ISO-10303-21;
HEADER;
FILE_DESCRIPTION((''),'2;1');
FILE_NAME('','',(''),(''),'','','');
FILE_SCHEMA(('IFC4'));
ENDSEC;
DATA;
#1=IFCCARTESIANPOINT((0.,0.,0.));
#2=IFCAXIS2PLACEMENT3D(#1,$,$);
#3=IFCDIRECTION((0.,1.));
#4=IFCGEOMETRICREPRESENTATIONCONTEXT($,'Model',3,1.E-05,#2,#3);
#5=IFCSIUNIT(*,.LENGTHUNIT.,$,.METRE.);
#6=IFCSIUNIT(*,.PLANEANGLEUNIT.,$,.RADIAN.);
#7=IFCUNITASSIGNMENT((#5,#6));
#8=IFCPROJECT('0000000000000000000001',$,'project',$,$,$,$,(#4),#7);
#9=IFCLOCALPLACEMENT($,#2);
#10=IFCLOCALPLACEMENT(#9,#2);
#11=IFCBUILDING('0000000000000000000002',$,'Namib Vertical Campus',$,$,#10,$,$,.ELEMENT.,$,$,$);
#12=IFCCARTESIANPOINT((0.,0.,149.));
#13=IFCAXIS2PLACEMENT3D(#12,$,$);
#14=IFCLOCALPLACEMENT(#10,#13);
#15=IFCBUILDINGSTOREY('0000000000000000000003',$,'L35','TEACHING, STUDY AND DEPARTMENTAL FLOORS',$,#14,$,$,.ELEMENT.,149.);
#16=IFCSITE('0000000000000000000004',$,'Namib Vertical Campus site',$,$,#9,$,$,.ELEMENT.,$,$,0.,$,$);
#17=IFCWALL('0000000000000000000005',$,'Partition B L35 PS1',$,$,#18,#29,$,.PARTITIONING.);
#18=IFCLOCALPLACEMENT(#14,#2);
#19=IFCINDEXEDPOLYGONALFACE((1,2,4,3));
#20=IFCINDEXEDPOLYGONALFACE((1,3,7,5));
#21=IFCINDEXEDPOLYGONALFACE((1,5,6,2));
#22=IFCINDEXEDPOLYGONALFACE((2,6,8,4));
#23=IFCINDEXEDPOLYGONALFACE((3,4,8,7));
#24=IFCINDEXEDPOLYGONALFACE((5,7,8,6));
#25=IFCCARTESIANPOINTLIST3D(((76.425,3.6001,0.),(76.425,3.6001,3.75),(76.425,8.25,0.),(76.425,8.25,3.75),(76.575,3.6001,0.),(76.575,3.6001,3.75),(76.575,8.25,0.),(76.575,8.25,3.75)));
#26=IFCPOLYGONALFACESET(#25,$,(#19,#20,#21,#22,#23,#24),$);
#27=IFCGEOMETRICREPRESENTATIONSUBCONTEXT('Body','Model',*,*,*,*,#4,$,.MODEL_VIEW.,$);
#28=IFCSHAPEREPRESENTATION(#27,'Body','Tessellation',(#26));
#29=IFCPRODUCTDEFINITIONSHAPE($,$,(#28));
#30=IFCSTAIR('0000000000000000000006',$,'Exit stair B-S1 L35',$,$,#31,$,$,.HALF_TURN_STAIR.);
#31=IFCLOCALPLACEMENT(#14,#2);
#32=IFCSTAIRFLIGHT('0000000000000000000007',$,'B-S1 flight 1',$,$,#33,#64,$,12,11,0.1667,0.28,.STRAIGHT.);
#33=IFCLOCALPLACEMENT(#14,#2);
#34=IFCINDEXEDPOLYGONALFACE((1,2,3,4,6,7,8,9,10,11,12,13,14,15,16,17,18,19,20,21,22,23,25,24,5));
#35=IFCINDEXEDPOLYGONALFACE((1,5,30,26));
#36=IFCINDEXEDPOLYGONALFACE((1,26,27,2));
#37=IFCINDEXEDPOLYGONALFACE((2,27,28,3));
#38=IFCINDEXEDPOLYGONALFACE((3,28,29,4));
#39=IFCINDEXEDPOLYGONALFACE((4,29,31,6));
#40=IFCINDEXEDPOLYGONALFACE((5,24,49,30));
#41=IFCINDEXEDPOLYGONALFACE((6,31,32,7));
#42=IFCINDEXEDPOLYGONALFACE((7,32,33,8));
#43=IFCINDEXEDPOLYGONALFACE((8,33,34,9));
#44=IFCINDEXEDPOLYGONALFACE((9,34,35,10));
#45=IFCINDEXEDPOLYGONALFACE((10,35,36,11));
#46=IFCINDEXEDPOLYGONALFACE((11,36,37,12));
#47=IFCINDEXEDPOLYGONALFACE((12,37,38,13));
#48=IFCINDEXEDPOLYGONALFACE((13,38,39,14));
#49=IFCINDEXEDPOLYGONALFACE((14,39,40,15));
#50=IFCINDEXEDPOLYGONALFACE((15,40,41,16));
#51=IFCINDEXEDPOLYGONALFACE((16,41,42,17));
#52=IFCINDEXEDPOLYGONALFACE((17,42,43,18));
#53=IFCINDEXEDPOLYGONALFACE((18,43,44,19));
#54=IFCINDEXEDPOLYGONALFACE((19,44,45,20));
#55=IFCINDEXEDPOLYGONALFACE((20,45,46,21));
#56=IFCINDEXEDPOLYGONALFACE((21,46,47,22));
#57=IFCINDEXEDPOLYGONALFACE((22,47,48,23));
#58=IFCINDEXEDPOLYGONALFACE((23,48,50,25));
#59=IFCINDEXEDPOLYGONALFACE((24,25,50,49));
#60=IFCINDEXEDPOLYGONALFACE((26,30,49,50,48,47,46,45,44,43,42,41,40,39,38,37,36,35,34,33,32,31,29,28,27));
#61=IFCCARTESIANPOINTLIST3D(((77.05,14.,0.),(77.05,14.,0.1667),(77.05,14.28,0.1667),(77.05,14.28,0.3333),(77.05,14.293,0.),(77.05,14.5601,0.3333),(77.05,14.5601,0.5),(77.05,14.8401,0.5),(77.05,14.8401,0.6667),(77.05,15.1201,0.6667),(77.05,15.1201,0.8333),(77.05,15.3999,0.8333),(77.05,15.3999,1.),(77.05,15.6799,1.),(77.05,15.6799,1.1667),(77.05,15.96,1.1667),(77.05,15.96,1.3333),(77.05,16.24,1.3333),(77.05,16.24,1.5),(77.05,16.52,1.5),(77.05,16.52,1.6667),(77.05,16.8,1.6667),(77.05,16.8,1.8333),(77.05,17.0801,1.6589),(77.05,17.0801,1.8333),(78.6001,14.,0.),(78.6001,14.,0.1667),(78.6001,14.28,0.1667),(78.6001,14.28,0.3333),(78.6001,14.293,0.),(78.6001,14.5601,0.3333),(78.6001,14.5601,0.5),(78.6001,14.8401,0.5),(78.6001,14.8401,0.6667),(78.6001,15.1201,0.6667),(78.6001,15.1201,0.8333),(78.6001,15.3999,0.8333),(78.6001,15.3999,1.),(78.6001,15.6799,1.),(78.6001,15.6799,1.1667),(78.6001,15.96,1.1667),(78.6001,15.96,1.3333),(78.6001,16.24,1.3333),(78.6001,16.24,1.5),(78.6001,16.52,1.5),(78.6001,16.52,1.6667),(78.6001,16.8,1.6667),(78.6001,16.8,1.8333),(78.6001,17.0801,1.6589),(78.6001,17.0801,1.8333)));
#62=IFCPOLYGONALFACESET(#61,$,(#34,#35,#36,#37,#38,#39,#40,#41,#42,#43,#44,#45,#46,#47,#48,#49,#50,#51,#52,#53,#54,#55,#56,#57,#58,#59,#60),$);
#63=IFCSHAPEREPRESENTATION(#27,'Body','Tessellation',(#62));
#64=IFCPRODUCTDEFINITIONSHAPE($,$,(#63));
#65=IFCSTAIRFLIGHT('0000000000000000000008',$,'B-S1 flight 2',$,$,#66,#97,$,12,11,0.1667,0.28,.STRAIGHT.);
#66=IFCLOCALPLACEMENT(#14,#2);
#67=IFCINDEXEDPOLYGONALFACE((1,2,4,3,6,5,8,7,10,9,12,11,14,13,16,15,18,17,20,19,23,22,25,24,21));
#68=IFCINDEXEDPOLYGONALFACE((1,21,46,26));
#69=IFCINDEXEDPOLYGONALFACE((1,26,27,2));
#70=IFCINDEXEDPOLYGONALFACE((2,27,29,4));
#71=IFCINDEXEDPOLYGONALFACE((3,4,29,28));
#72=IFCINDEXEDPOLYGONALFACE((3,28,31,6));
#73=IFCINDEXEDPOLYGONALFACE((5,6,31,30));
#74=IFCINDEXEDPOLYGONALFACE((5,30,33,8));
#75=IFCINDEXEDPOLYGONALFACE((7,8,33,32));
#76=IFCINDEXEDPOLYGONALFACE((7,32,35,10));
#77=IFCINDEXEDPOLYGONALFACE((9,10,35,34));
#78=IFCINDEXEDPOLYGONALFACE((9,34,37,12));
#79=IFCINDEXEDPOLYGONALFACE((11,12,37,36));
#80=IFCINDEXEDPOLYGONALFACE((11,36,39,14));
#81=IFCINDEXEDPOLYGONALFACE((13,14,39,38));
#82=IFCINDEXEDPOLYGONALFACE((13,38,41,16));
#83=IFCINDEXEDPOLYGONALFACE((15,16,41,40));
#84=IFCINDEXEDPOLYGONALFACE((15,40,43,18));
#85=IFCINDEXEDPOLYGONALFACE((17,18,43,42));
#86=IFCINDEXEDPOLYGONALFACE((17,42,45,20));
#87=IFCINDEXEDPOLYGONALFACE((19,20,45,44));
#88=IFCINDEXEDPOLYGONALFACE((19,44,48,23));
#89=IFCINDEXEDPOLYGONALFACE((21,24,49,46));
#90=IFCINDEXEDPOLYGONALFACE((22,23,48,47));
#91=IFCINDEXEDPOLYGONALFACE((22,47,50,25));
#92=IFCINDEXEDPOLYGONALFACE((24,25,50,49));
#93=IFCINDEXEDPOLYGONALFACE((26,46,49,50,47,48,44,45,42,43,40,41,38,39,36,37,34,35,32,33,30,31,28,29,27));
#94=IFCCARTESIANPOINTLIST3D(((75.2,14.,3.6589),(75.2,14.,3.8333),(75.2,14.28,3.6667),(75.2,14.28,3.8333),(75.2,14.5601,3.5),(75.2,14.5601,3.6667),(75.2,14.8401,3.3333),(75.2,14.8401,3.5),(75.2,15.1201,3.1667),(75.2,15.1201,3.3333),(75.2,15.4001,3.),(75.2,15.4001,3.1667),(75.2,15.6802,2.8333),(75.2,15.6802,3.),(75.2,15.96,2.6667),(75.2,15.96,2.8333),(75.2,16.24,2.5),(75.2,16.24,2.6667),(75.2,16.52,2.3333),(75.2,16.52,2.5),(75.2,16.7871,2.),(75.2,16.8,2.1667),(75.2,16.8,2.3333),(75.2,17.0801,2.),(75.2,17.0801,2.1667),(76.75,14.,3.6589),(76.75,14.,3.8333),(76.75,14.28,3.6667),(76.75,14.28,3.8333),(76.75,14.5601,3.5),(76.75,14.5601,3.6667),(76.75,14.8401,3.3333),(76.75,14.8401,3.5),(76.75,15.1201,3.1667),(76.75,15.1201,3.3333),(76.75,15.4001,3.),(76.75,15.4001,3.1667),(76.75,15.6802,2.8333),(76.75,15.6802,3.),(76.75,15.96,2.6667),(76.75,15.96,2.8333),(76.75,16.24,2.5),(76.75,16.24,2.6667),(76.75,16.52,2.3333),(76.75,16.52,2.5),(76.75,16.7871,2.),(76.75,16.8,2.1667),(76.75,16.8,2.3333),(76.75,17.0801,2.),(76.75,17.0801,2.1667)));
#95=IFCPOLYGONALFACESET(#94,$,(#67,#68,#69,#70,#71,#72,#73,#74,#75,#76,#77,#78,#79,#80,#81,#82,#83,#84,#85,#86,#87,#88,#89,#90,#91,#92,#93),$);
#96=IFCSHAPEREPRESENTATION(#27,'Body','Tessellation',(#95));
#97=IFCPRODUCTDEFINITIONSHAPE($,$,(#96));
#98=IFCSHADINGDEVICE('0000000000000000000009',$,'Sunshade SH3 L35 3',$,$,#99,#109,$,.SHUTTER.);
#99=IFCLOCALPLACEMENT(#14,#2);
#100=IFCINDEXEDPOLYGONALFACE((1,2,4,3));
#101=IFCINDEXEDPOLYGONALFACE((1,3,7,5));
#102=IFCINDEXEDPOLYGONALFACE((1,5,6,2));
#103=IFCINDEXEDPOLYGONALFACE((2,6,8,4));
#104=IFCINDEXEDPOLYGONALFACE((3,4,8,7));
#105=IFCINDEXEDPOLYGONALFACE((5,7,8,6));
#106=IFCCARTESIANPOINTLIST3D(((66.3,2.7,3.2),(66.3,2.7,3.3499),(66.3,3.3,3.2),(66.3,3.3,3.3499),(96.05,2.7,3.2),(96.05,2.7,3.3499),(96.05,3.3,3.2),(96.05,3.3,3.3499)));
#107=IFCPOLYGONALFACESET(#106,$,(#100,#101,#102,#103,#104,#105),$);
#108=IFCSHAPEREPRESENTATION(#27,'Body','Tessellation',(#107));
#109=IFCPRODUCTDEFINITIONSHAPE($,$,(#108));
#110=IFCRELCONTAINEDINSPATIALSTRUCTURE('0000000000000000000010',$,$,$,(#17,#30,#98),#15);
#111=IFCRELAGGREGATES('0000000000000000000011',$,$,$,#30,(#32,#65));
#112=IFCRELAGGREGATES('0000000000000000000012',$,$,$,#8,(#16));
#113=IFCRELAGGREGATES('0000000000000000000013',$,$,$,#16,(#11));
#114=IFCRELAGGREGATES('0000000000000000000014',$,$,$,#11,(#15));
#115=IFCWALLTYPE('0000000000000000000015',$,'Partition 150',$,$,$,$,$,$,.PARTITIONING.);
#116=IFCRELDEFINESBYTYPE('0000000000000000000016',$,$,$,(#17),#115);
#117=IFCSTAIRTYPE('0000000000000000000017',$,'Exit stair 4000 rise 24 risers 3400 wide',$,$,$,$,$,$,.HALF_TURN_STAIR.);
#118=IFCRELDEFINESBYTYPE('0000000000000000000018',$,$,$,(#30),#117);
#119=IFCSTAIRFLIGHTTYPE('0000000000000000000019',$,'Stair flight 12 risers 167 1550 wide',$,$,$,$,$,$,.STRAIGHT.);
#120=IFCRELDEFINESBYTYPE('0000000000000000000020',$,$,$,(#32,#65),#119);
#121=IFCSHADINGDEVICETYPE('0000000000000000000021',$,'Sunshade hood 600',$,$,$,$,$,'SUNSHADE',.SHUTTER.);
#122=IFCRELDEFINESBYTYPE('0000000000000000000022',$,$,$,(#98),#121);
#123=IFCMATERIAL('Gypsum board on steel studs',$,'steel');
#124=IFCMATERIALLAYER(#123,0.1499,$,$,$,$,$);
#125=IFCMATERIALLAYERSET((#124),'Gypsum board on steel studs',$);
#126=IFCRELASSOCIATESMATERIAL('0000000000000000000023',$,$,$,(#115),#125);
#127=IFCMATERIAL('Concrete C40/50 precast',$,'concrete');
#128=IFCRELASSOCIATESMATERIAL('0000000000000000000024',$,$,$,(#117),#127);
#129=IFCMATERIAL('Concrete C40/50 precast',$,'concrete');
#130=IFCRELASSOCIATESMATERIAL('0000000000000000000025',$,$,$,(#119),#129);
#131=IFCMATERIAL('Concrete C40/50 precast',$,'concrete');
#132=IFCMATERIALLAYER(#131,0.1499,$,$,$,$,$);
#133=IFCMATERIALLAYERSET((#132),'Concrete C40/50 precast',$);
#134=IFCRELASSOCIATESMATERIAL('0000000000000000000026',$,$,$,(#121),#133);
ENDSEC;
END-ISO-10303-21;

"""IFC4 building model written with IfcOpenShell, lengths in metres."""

from ifc_helpers import new_model, si_unit, direction, frame, frame_2d, origin, origin_2d, place, context, subcontext, project, spatial, polyline, rectangle, outline, extrude, material, layer, layer_set, type_object, element, aggregate, save


model = new_model("IFC4")

# Units and contexts
model_context = context("Model", 3, precision=1e-05, world=origin(), true_north=direction((0.0, 1.0)))
body_context = subcontext(model_context, "Body", "Model", "MODEL_VIEW")
ifc_project = project(units=[si_unit("LENGTHUNIT", "METRE"), si_unit("PLANEANGLEUNIT", "RADIAN")], contexts=[model_context])

# Site, building, storey
site_placement = place(None, origin())
site = spatial("IfcSite", under=ifc_project, at=site_placement, Name="Namib Vertical Campus site", CompositionType="ELEMENT", RefElevation=0.0)
building_placement = place(site_placement, origin())
building = spatial("IfcBuilding", under=site, at=building_placement, Name="Namib Vertical Campus", CompositionType="ELEMENT")
storey_placement = place(building_placement, frame((0.0, 0.0, 149.0)))
storey = spatial("IfcBuildingStorey", under=building, at=storey_placement, Name="L35", Description="TEACHING, STUDY AND DEPARTMENTAL FLOORS", CompositionType="ELEMENT", Elevation=149.0)

# Wall
ifc_material_1 = material(Name="Gypsum board on steel studs", Category="steel")
ifc_layer_1 = layer(ifc_material_1, 0.1499)
ifc_layer_set_1 = layer_set([ifc_layer_1], Name="Gypsum board on steel studs")
wall_type_1 = type_object("IfcWallType", Name="Partition 150", PredefinedType="PARTITIONING", material=ifc_layer_set_1)
wall_1_placement = place(storey_placement, frame((76.5, 3.6001, 0.0), z_axis=(0.0, 0.0, 1.0), x_axis=(0.0, 1.0, 0.0)))
element("IfcWall", 1, at=wall_1_placement, inside=storey, type_object=wall_type_1, Name="Partition B L35 PS1", PredefinedType="PARTITIONING", context=body_context, shape_type="SweptSolid", body=[
    extrude(rectangle(XDim=4.6499, YDim=0.1499, at=frame_2d((2.325, 0.0))), origin(), (0.0, 0.0, 1.0), 3.75),
])

# Stair, stair flights
ifc_material_2 = material(Name="Concrete C40/50 precast", Category="concrete")
stair_type = type_object("IfcStairType", Name="Exit stair 4000 rise 24 risers 3400 wide", PredefinedType="HALF_TURN_STAIR", material=ifc_material_2)
stair_placement = place(storey_placement, origin())
stair = element("IfcStair", 2, at=stair_placement, inside=storey, type_object=stair_type, Name="Exit stair B-S1 L35", PredefinedType="HALF_TURN_STAIR")
ifc_material_3 = material(Name="Concrete C40/50 precast", Category="concrete")
stair_flight_type = type_object("IfcStairFlightType", Name="Stair flight 12 risers 167 1550 wide", PredefinedType="STRAIGHT", material=ifc_material_3)
stair_flight_1_placement = place(storey_placement, frame((77.825, 14.0, 0.0), z_axis=(0.0, 0.0, 1.0), x_axis=(0.0, 1.0, 0.0)))
stair_flight_1 = element("IfcStairFlight", 3, at=stair_flight_1_placement, type_object=stair_flight_type, Name="B-S1 flight 1", NumberOfRisers=12, NumberOfTreads=11, PredefinedType="STRAIGHT", RiserHeight=0.1667, TreadLength=0.28, context=body_context, shape_type="SweptSolid", body=[
    extrude(outline(polyline([(0.0, 0.0), (0.0, 0.1667), (0.28, 0.1667), (0.28, 0.3333), (0.5601, 0.3333), (0.5601, 0.5), (0.8401, 0.5), (0.8401, 0.6667), (1.1201, 0.6667), (1.1201, 0.8333), (1.3999, 0.8333), (1.3999, 1.0), (1.6799, 1.0), (1.6799, 1.1667), (1.96, 1.1667), (1.96, 1.3333), (2.24, 1.3333), (2.24, 1.5), (2.52, 1.5), (2.52, 1.6667), (2.8, 1.6667), (2.8, 1.8333), (3.0801, 1.8333), (3.0801, 2.0), (3.0801, 1.6589), (0.293, 0.0), (0.0, 0.0)])), frame((0.0, 0.7749, 0.0), z_axis=(0.0, -1.0, 0.0), x_axis=(1.0, 0.0, 0.0)), (0.0, 0.0, 1.0), 1.55),
])
stair_flight_2_placement = place(storey_placement, frame((75.9751, 17.0801, 2.0), z_axis=(0.0, 0.0, 1.0), x_axis=(0.0, -1.0, 0.0)))
stair_flight_2 = element("IfcStairFlight", 4, at=stair_flight_2_placement, type_object=stair_flight_type, Name="B-S1 flight 2", NumberOfRisers=12, NumberOfTreads=11, PredefinedType="STRAIGHT", RiserHeight=0.1667, TreadLength=0.28, context=body_context, shape_type="SweptSolid", body=[
    extrude(outline(polyline([(0.0, 0.0), (0.0, 0.1667), (0.28, 0.1667), (0.28, 0.3333), (0.5601, 0.3333), (0.5601, 0.5), (0.8401, 0.5), (0.8401, 0.6667), (1.1201, 0.6667), (1.1201, 0.8333), (1.3999, 0.8333), (1.3999, 1.0), (1.6799, 1.0), (1.6799, 1.1667), (1.96, 1.1667), (1.96, 1.3333), (2.24, 1.3333), (2.24, 1.5), (2.52, 1.5), (2.52, 1.6667), (2.8, 1.6667), (2.8, 1.8333), (3.0801, 1.8333), (3.0801, 2.0), (3.0801, 1.6589), (0.293, 0.0), (0.0, 0.0)])), frame((0.0, 0.7749, 0.0), z_axis=(0.0, -1.0, 0.0), x_axis=(1.0, 0.0, 0.0)), (0.0, 0.0, 1.0), 1.55),
])
aggregate(stair, [stair_flight_1, stair_flight_2])

# Shading device
ifc_material_4 = material(Name="Concrete C40/50 precast", Category="concrete")
ifc_layer_2 = layer(ifc_material_4, 0.1499)
ifc_layer_set_2 = layer_set([ifc_layer_2], Name="Concrete C40/50 precast")
shading_device_type = type_object("IfcShadingDeviceType", Name="Sunshade hood 600", ElementType="SUNSHADE", PredefinedType="SHUTTER", material=ifc_layer_set_2)
shading_device_placement = place(storey_placement, frame((81.175, 3.0, 3.2), z_axis=(0.0, 0.0, 1.0), x_axis=(1.0, 0.0, 0.0)))
element("IfcShadingDevice", 5, at=shading_device_placement, inside=storey, type_object=shading_device_type, Name="Sunshade SH3 L35 3", PredefinedType="SHUTTER", context=body_context, shape_type="SweptSolid", body=[
    extrude(rectangle(XDim=29.75, YDim=0.6001, at=origin_2d()), origin(), (0.0, 0.0, 1.0), 0.1499),
])

save(model, "model.ifc")
